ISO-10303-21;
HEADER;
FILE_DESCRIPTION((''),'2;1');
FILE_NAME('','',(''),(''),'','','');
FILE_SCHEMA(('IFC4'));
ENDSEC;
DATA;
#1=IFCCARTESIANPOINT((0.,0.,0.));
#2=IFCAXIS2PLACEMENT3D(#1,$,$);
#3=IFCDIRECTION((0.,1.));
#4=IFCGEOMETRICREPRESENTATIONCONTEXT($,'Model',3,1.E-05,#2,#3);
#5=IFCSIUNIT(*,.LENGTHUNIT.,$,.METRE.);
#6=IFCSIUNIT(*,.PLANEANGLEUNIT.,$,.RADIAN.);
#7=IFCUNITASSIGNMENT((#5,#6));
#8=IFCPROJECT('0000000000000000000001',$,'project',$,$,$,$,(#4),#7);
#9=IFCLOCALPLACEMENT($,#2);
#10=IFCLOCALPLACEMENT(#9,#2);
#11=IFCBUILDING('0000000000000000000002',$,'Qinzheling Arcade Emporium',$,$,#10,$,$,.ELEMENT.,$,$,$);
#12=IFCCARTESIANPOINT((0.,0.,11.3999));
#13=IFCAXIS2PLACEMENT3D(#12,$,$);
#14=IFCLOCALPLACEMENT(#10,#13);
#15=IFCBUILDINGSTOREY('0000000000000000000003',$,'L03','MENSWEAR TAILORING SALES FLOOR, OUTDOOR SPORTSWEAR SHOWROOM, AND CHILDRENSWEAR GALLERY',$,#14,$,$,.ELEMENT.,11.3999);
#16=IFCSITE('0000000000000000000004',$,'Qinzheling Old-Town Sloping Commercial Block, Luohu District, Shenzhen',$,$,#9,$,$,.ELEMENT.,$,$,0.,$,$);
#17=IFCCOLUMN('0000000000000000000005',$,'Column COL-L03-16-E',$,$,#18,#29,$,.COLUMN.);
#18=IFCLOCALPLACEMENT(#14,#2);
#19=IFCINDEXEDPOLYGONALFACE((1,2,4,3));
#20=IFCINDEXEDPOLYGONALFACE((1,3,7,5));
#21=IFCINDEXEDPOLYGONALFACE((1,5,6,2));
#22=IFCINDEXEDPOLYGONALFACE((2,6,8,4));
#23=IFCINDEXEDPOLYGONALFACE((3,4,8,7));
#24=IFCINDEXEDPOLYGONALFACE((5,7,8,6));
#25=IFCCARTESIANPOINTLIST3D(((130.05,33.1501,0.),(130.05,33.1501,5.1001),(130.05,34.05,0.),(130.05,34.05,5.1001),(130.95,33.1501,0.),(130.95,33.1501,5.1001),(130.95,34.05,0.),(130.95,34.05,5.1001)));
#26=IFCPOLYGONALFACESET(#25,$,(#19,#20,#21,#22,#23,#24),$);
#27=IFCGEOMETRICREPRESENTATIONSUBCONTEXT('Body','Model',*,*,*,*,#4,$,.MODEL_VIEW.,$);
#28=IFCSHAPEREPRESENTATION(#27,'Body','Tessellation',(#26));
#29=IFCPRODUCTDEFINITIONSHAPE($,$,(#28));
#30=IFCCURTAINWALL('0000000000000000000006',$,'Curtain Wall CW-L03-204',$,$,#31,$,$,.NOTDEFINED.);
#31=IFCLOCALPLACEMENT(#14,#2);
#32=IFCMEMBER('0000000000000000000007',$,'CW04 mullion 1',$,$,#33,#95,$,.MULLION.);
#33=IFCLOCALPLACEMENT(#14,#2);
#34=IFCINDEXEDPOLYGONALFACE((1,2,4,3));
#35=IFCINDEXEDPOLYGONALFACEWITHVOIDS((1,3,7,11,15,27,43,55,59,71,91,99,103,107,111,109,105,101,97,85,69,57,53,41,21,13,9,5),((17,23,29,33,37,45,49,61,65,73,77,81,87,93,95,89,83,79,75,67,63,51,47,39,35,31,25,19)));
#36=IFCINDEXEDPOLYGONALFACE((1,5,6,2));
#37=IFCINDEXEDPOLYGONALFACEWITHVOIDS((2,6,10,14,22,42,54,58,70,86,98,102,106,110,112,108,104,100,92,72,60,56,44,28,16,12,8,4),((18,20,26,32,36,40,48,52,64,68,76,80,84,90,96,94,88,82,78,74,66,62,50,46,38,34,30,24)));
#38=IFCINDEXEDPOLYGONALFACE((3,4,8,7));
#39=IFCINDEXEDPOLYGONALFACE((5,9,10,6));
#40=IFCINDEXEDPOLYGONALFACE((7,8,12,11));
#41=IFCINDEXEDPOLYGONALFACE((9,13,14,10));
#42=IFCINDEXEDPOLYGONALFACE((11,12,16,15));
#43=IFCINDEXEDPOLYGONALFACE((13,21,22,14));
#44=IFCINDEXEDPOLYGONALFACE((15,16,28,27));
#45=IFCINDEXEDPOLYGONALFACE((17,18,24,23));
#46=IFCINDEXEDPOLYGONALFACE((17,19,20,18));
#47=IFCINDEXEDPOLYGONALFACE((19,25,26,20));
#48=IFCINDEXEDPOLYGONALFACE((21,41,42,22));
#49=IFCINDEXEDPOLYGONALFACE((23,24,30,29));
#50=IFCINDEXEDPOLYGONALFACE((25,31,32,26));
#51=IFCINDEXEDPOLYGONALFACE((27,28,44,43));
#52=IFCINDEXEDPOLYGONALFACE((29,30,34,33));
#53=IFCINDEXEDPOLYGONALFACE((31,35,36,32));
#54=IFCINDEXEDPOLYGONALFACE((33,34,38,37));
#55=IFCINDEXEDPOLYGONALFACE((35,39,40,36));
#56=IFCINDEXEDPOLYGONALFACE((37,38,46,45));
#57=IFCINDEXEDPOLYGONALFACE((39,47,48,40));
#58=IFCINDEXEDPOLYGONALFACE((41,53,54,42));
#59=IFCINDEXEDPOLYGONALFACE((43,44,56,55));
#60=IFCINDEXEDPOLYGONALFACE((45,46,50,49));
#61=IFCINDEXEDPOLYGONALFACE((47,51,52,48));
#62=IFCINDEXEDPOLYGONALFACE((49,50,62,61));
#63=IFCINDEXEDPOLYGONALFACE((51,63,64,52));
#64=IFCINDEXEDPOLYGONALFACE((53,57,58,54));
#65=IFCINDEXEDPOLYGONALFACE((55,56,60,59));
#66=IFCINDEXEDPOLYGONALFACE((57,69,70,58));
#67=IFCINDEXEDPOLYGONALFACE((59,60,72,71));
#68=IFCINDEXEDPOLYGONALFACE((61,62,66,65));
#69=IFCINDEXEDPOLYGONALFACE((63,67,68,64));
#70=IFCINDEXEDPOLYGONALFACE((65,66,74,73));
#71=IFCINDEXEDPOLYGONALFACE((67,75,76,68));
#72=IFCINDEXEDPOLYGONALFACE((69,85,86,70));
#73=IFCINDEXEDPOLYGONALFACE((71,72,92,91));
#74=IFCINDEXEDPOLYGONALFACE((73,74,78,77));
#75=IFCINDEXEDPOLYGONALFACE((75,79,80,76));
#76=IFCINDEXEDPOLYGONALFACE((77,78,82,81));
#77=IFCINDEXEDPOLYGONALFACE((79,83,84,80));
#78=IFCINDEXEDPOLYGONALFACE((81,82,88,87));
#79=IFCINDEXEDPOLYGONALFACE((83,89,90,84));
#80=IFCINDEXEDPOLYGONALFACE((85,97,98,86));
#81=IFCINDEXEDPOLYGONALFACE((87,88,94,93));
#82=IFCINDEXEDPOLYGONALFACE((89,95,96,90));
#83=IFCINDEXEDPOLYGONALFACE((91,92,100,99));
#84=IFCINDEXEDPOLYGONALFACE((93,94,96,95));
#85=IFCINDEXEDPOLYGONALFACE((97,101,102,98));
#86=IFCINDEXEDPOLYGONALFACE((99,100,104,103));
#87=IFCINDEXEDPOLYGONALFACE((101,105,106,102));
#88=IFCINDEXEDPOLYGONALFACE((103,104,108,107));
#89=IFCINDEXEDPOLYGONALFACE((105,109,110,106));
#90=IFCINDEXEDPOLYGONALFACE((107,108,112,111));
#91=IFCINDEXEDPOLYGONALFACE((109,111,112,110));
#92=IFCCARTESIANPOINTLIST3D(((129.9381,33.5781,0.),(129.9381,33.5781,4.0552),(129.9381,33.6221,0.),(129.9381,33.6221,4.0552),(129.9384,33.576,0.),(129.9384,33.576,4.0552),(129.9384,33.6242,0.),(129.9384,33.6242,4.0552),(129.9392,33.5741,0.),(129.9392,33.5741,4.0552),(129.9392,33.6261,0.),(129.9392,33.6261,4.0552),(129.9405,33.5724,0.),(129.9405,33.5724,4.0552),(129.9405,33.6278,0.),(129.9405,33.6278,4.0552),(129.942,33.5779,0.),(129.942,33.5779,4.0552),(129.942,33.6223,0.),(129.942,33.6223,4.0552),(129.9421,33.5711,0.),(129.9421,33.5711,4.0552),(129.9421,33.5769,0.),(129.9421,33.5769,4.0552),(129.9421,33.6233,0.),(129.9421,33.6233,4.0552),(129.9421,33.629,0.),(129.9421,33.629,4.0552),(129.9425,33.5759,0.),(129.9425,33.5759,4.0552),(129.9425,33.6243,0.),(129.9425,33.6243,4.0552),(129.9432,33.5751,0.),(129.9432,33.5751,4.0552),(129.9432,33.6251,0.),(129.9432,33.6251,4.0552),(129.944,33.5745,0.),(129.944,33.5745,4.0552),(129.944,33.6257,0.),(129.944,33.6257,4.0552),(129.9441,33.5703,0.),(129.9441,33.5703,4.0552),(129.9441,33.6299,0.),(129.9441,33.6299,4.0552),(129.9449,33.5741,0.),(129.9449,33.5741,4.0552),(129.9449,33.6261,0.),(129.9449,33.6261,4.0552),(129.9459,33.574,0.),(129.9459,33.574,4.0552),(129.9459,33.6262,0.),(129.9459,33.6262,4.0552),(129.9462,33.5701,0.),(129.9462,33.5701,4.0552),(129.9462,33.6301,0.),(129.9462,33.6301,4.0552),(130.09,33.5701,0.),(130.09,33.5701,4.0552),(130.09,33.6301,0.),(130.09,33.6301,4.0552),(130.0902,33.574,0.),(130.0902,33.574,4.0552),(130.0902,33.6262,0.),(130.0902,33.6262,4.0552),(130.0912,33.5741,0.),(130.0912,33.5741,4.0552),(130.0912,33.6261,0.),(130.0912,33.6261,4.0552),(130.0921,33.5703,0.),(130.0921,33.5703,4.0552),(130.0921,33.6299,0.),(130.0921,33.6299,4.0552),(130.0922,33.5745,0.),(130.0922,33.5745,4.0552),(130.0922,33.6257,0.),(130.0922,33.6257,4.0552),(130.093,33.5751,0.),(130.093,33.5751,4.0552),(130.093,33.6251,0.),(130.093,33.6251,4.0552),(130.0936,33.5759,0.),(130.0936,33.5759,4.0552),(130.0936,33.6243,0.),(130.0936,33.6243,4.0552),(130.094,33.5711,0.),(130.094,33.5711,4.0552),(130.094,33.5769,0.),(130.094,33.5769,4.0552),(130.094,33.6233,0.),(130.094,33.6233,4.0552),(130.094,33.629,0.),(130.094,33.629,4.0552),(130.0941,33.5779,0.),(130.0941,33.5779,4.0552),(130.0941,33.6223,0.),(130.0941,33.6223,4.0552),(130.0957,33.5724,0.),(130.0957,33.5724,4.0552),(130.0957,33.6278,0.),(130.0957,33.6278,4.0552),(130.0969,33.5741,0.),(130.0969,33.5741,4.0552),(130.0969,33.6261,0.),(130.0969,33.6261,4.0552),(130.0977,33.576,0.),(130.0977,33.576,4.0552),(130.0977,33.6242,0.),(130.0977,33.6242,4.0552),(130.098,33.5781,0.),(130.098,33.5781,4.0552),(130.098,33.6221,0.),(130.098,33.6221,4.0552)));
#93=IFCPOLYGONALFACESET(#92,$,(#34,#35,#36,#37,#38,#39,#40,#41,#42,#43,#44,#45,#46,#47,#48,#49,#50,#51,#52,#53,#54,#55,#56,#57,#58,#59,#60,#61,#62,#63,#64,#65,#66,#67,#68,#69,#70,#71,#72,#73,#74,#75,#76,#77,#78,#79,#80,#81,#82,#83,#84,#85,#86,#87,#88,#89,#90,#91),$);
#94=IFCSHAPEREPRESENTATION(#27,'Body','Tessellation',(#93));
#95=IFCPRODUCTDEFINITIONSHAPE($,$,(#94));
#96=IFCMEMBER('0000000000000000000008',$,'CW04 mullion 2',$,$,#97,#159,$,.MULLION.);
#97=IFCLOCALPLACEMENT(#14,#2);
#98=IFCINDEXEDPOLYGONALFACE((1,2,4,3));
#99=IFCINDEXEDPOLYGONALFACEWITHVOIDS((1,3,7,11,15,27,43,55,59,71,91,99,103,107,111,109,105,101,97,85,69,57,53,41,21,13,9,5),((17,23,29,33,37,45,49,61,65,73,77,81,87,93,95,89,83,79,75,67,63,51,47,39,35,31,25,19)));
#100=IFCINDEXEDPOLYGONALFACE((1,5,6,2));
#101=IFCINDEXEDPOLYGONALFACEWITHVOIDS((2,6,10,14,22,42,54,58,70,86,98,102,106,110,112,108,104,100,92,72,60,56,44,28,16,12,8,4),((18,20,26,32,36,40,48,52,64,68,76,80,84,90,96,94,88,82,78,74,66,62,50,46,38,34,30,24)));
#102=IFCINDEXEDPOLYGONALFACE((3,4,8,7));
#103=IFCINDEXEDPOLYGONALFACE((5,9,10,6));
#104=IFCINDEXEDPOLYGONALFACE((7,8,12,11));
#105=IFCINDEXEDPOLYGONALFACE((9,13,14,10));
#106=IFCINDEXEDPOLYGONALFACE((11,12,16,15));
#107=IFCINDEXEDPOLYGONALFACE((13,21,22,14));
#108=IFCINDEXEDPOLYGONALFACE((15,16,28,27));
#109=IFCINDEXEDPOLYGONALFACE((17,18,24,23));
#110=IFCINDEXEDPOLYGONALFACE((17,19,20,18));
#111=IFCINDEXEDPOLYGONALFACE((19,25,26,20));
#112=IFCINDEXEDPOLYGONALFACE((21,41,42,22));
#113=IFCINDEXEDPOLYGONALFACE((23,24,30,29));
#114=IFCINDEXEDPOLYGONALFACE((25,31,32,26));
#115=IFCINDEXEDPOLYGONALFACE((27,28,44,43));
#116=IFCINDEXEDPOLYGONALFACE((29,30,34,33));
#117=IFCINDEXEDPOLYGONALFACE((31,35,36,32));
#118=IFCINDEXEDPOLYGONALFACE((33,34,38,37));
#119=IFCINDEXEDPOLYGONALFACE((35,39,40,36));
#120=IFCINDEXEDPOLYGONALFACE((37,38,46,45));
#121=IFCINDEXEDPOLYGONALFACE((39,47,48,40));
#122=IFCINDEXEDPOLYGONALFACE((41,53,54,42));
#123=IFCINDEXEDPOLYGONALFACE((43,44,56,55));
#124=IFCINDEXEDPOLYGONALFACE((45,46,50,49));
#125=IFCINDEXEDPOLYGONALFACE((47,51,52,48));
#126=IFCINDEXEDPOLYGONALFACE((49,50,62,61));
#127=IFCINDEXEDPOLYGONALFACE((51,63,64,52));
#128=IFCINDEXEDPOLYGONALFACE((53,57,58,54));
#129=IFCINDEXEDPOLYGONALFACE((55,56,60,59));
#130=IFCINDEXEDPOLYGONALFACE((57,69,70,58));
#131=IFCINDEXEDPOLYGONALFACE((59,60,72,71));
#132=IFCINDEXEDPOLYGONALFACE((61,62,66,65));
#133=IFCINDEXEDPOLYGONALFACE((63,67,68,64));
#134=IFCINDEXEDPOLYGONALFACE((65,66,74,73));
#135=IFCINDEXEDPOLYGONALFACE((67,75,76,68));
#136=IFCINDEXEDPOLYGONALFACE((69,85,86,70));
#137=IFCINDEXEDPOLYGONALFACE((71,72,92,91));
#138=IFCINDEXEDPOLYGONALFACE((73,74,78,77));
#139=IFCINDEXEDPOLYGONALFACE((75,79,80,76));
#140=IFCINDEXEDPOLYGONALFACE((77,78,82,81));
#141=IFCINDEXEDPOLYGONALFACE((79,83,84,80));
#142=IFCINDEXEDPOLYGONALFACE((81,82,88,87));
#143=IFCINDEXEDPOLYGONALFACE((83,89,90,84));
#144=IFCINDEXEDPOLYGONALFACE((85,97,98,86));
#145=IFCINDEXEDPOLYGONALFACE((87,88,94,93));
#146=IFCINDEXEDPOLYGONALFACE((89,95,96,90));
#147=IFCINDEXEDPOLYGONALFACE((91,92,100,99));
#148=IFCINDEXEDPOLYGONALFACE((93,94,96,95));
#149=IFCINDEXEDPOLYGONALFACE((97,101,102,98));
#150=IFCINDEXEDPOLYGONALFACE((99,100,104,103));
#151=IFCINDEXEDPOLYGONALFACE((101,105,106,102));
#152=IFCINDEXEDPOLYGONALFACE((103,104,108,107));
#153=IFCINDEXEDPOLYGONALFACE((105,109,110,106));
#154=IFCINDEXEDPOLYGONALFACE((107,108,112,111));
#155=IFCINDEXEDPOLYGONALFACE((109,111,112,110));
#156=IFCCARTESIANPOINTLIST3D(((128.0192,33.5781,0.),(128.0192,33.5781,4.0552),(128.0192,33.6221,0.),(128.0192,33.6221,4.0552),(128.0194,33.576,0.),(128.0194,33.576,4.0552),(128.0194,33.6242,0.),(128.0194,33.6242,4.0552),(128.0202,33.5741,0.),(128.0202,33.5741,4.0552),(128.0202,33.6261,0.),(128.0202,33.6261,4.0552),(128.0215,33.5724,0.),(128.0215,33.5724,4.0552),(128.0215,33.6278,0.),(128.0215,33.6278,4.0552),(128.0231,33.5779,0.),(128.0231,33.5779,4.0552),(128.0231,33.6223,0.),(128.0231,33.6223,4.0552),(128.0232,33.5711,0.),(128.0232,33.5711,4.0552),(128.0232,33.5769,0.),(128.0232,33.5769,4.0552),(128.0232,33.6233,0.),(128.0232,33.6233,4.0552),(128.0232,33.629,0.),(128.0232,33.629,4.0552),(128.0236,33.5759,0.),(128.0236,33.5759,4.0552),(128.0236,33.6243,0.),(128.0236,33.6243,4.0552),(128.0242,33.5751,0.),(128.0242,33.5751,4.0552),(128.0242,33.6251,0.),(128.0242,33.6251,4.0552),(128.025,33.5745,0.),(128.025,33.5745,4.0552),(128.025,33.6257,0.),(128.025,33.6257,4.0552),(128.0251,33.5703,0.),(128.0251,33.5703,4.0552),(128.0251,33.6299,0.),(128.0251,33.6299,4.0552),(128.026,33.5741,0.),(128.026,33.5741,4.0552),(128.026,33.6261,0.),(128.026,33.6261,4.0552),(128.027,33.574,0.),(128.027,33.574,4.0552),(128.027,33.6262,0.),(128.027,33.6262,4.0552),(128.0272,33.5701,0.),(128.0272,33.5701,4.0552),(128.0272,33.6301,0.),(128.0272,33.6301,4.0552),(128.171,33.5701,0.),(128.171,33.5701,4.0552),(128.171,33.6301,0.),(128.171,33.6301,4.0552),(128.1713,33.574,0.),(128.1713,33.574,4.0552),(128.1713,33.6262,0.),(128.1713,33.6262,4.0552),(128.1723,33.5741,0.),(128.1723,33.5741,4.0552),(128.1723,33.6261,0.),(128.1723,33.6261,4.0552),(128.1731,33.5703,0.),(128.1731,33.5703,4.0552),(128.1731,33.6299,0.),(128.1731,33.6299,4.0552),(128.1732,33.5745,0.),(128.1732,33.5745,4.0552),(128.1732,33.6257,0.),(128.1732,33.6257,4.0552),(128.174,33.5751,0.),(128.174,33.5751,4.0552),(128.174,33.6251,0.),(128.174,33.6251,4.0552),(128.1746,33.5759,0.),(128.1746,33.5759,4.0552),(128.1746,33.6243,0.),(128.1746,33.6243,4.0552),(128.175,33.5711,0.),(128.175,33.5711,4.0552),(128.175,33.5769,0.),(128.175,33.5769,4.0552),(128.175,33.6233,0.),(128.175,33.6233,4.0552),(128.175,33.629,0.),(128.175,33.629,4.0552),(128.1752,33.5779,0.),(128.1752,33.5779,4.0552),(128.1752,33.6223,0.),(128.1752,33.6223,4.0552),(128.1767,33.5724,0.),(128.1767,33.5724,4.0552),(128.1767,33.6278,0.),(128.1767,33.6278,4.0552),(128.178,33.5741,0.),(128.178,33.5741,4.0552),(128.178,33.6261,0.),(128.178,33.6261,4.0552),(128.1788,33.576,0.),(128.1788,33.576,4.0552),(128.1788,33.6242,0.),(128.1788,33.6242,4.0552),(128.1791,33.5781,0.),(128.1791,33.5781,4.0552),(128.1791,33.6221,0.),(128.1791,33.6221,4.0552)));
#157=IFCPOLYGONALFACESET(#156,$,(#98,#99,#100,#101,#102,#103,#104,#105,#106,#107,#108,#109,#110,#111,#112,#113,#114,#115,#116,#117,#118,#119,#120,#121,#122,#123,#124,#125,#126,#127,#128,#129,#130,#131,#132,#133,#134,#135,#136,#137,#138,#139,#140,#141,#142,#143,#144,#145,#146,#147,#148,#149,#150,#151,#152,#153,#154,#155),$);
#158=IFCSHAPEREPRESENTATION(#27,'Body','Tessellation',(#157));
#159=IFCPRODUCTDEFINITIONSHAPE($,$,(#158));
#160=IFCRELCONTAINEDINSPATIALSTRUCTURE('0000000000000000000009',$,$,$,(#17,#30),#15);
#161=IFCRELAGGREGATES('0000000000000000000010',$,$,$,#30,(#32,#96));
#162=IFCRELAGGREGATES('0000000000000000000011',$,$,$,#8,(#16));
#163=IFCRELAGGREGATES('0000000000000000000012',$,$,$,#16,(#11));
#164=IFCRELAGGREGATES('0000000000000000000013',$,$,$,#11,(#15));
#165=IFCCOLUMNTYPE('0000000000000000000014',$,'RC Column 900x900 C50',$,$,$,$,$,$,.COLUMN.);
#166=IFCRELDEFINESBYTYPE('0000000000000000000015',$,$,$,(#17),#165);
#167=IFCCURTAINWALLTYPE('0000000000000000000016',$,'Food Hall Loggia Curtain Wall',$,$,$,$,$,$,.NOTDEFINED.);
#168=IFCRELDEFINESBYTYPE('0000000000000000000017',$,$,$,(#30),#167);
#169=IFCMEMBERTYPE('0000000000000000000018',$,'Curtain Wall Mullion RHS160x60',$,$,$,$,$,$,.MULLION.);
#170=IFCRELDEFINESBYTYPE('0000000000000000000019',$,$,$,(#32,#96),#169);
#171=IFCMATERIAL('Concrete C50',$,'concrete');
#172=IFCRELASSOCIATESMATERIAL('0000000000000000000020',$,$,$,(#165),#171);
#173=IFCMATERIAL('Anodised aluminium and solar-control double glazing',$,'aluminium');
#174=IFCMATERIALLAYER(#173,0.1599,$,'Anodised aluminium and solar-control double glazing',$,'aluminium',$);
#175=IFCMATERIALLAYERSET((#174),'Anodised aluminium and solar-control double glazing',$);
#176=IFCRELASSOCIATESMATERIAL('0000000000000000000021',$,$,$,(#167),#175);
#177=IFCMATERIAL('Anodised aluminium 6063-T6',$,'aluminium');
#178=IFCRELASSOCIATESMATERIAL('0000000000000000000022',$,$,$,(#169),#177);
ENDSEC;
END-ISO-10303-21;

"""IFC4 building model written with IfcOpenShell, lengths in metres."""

from ifc_helpers import new_model, si_unit, direction, frame, origin, origin_2d, place, context, subcontext, project, spatial, rectangle, hollow_rectangle, extrude, material, layer, layer_set, material_profile, profile_set, type_object, element, aggregate, save


model = new_model("IFC4")

# Units and contexts
model_context = context("Model", 3, precision=1e-05, world=origin(), true_north=direction((0.0, 1.0)))
body_context = subcontext(model_context, "Body", "Model", "MODEL_VIEW")
ifc_project = project(units=[si_unit("LENGTHUNIT", "METRE"), si_unit("PLANEANGLEUNIT", "RADIAN")], contexts=[model_context])

# Site, building, storey
site_placement = place(None, origin())
site = spatial("IfcSite", under=ifc_project, at=site_placement, Name="Qinzheling Old-Town Sloping Commercial Block, Luohu District, Shenzhen", CompositionType="ELEMENT", RefElevation=0.0)
building_placement = place(site_placement, origin())
building = spatial("IfcBuilding", under=site, at=building_placement, Name="Qinzheling Arcade Emporium", CompositionType="ELEMENT")
storey_placement = place(building_placement, frame((0.0, 0.0, 11.3999)))
storey = spatial("IfcBuildingStorey", under=building, at=storey_placement, Name="L03", Description="MENSWEAR TAILORING SALES FLOOR, OUTDOOR SPORTSWEAR SHOWROOM, AND CHILDRENSWEAR GALLERY", CompositionType="ELEMENT", Elevation=11.3999)

# Column
ifc_material_1 = material(Name="Concrete C50", Category="concrete")
ifc_material_profile_1 = material_profile(ifc_material_1, rectangle(XDim=0.8999, YDim=0.8999, at=origin_2d()), Name="RC 900x900", Category="concrete")
ifc_profile_set_1 = profile_set([ifc_material_profile_1], Name="Concrete C50")
column_type = type_object("IfcColumnType", Name="RC Column 900x900 C50", PredefinedType="COLUMN", material=ifc_profile_set_1)
column_placement = place(storey_placement, frame((130.5, 33.6001, 0.0), z_axis=(0.0, 0.0, 1.0), x_axis=(1.0, 0.0, 0.0)))
element("IfcColumn", 1, at=column_placement, inside=storey, type_object=column_type, Name="Column COL-L03-16-E", PredefinedType="COLUMN", context=body_context, shape_type="SweptSolid", body=[
    extrude(rectangle(XDim=0.8999, YDim=0.8999, at=origin_2d()), origin(), (0.0, 0.0, 1.0), 5.1001),
])

# Curtain wall, members
ifc_material_2 = material(Name="Anodised aluminium and solar-control double glazing", Category="aluminium")
ifc_layer_1 = layer(ifc_material_2, 0.1599, Name="Anodised aluminium and solar-control double glazing", Category="aluminium")
ifc_layer_set_1 = layer_set([ifc_layer_1], Name="Anodised aluminium and solar-control double glazing")
curtain_wall_type = type_object("IfcCurtainWallType", Name="Food Hall Loggia Curtain Wall", PredefinedType="NOTDEFINED", material=ifc_layer_set_1)
curtain_wall_placement = place(storey_placement, origin())
curtain_wall = element("IfcCurtainWall", 2, at=curtain_wall_placement, inside=storey, type_object=curtain_wall_type, Name="Curtain Wall CW-L03-204", PredefinedType="NOTDEFINED")
ifc_material_3 = material(Name="Anodised aluminium 6063-T6", Category="aluminium")
ifc_material_profile_2 = material_profile(ifc_material_3, hollow_rectangle(XDim=0.0601, YDim=0.1599, WallThickness=0.0039, InnerFilletRadius=0.0039, OuterFilletRadius=0.0081, at=origin_2d()), Name="RHS 160x60x4", Category="aluminium")
ifc_profile_set_2 = profile_set([ifc_material_profile_2], Name="Anodised aluminium 6063-T6")
member_type_1 = type_object("IfcMemberType", Name="Curtain Wall Mullion RHS160x60", PredefinedType="MULLION", material=ifc_profile_set_2)
member_1_placement = place(storey_placement, frame((130.0181, 33.6001, 0.0), z_axis=(0.0, 0.0, 1.0), x_axis=(0.0, -1.0, 0.0)))
member_1 = element("IfcMember", 3, at=member_1_placement, type_object=member_type_1, Name="CW04 mullion 1", PredefinedType="MULLION", context=body_context, shape_type="SweptSolid", body=[
    extrude(hollow_rectangle(XDim=0.0601, YDim=0.1599, WallThickness=0.0039, InnerFilletRadius=0.0039, OuterFilletRadius=0.0081, at=origin_2d()), origin(), (0.0, 0.0, 1.0), 4.0552),
])
member_2_placement = place(storey_placement, frame((128.0991, 33.6001, 0.0), z_axis=(0.0, 0.0, 1.0), x_axis=(0.0, -1.0, 0.0)))
member_2 = element("IfcMember", 4, at=member_2_placement, type_object=member_type_1, Name="CW04 mullion 2", PredefinedType="MULLION", context=body_context, shape_type="SweptSolid", body=[
    extrude(hollow_rectangle(XDim=0.0601, YDim=0.1599, WallThickness=0.0039, InnerFilletRadius=0.0039, OuterFilletRadius=0.0081, at=origin_2d()), origin(), (0.0, 0.0, 1.0), 4.0552),
])

aggregate(curtain_wall, [member_1, member_2])

save(model, "model.ifc")
